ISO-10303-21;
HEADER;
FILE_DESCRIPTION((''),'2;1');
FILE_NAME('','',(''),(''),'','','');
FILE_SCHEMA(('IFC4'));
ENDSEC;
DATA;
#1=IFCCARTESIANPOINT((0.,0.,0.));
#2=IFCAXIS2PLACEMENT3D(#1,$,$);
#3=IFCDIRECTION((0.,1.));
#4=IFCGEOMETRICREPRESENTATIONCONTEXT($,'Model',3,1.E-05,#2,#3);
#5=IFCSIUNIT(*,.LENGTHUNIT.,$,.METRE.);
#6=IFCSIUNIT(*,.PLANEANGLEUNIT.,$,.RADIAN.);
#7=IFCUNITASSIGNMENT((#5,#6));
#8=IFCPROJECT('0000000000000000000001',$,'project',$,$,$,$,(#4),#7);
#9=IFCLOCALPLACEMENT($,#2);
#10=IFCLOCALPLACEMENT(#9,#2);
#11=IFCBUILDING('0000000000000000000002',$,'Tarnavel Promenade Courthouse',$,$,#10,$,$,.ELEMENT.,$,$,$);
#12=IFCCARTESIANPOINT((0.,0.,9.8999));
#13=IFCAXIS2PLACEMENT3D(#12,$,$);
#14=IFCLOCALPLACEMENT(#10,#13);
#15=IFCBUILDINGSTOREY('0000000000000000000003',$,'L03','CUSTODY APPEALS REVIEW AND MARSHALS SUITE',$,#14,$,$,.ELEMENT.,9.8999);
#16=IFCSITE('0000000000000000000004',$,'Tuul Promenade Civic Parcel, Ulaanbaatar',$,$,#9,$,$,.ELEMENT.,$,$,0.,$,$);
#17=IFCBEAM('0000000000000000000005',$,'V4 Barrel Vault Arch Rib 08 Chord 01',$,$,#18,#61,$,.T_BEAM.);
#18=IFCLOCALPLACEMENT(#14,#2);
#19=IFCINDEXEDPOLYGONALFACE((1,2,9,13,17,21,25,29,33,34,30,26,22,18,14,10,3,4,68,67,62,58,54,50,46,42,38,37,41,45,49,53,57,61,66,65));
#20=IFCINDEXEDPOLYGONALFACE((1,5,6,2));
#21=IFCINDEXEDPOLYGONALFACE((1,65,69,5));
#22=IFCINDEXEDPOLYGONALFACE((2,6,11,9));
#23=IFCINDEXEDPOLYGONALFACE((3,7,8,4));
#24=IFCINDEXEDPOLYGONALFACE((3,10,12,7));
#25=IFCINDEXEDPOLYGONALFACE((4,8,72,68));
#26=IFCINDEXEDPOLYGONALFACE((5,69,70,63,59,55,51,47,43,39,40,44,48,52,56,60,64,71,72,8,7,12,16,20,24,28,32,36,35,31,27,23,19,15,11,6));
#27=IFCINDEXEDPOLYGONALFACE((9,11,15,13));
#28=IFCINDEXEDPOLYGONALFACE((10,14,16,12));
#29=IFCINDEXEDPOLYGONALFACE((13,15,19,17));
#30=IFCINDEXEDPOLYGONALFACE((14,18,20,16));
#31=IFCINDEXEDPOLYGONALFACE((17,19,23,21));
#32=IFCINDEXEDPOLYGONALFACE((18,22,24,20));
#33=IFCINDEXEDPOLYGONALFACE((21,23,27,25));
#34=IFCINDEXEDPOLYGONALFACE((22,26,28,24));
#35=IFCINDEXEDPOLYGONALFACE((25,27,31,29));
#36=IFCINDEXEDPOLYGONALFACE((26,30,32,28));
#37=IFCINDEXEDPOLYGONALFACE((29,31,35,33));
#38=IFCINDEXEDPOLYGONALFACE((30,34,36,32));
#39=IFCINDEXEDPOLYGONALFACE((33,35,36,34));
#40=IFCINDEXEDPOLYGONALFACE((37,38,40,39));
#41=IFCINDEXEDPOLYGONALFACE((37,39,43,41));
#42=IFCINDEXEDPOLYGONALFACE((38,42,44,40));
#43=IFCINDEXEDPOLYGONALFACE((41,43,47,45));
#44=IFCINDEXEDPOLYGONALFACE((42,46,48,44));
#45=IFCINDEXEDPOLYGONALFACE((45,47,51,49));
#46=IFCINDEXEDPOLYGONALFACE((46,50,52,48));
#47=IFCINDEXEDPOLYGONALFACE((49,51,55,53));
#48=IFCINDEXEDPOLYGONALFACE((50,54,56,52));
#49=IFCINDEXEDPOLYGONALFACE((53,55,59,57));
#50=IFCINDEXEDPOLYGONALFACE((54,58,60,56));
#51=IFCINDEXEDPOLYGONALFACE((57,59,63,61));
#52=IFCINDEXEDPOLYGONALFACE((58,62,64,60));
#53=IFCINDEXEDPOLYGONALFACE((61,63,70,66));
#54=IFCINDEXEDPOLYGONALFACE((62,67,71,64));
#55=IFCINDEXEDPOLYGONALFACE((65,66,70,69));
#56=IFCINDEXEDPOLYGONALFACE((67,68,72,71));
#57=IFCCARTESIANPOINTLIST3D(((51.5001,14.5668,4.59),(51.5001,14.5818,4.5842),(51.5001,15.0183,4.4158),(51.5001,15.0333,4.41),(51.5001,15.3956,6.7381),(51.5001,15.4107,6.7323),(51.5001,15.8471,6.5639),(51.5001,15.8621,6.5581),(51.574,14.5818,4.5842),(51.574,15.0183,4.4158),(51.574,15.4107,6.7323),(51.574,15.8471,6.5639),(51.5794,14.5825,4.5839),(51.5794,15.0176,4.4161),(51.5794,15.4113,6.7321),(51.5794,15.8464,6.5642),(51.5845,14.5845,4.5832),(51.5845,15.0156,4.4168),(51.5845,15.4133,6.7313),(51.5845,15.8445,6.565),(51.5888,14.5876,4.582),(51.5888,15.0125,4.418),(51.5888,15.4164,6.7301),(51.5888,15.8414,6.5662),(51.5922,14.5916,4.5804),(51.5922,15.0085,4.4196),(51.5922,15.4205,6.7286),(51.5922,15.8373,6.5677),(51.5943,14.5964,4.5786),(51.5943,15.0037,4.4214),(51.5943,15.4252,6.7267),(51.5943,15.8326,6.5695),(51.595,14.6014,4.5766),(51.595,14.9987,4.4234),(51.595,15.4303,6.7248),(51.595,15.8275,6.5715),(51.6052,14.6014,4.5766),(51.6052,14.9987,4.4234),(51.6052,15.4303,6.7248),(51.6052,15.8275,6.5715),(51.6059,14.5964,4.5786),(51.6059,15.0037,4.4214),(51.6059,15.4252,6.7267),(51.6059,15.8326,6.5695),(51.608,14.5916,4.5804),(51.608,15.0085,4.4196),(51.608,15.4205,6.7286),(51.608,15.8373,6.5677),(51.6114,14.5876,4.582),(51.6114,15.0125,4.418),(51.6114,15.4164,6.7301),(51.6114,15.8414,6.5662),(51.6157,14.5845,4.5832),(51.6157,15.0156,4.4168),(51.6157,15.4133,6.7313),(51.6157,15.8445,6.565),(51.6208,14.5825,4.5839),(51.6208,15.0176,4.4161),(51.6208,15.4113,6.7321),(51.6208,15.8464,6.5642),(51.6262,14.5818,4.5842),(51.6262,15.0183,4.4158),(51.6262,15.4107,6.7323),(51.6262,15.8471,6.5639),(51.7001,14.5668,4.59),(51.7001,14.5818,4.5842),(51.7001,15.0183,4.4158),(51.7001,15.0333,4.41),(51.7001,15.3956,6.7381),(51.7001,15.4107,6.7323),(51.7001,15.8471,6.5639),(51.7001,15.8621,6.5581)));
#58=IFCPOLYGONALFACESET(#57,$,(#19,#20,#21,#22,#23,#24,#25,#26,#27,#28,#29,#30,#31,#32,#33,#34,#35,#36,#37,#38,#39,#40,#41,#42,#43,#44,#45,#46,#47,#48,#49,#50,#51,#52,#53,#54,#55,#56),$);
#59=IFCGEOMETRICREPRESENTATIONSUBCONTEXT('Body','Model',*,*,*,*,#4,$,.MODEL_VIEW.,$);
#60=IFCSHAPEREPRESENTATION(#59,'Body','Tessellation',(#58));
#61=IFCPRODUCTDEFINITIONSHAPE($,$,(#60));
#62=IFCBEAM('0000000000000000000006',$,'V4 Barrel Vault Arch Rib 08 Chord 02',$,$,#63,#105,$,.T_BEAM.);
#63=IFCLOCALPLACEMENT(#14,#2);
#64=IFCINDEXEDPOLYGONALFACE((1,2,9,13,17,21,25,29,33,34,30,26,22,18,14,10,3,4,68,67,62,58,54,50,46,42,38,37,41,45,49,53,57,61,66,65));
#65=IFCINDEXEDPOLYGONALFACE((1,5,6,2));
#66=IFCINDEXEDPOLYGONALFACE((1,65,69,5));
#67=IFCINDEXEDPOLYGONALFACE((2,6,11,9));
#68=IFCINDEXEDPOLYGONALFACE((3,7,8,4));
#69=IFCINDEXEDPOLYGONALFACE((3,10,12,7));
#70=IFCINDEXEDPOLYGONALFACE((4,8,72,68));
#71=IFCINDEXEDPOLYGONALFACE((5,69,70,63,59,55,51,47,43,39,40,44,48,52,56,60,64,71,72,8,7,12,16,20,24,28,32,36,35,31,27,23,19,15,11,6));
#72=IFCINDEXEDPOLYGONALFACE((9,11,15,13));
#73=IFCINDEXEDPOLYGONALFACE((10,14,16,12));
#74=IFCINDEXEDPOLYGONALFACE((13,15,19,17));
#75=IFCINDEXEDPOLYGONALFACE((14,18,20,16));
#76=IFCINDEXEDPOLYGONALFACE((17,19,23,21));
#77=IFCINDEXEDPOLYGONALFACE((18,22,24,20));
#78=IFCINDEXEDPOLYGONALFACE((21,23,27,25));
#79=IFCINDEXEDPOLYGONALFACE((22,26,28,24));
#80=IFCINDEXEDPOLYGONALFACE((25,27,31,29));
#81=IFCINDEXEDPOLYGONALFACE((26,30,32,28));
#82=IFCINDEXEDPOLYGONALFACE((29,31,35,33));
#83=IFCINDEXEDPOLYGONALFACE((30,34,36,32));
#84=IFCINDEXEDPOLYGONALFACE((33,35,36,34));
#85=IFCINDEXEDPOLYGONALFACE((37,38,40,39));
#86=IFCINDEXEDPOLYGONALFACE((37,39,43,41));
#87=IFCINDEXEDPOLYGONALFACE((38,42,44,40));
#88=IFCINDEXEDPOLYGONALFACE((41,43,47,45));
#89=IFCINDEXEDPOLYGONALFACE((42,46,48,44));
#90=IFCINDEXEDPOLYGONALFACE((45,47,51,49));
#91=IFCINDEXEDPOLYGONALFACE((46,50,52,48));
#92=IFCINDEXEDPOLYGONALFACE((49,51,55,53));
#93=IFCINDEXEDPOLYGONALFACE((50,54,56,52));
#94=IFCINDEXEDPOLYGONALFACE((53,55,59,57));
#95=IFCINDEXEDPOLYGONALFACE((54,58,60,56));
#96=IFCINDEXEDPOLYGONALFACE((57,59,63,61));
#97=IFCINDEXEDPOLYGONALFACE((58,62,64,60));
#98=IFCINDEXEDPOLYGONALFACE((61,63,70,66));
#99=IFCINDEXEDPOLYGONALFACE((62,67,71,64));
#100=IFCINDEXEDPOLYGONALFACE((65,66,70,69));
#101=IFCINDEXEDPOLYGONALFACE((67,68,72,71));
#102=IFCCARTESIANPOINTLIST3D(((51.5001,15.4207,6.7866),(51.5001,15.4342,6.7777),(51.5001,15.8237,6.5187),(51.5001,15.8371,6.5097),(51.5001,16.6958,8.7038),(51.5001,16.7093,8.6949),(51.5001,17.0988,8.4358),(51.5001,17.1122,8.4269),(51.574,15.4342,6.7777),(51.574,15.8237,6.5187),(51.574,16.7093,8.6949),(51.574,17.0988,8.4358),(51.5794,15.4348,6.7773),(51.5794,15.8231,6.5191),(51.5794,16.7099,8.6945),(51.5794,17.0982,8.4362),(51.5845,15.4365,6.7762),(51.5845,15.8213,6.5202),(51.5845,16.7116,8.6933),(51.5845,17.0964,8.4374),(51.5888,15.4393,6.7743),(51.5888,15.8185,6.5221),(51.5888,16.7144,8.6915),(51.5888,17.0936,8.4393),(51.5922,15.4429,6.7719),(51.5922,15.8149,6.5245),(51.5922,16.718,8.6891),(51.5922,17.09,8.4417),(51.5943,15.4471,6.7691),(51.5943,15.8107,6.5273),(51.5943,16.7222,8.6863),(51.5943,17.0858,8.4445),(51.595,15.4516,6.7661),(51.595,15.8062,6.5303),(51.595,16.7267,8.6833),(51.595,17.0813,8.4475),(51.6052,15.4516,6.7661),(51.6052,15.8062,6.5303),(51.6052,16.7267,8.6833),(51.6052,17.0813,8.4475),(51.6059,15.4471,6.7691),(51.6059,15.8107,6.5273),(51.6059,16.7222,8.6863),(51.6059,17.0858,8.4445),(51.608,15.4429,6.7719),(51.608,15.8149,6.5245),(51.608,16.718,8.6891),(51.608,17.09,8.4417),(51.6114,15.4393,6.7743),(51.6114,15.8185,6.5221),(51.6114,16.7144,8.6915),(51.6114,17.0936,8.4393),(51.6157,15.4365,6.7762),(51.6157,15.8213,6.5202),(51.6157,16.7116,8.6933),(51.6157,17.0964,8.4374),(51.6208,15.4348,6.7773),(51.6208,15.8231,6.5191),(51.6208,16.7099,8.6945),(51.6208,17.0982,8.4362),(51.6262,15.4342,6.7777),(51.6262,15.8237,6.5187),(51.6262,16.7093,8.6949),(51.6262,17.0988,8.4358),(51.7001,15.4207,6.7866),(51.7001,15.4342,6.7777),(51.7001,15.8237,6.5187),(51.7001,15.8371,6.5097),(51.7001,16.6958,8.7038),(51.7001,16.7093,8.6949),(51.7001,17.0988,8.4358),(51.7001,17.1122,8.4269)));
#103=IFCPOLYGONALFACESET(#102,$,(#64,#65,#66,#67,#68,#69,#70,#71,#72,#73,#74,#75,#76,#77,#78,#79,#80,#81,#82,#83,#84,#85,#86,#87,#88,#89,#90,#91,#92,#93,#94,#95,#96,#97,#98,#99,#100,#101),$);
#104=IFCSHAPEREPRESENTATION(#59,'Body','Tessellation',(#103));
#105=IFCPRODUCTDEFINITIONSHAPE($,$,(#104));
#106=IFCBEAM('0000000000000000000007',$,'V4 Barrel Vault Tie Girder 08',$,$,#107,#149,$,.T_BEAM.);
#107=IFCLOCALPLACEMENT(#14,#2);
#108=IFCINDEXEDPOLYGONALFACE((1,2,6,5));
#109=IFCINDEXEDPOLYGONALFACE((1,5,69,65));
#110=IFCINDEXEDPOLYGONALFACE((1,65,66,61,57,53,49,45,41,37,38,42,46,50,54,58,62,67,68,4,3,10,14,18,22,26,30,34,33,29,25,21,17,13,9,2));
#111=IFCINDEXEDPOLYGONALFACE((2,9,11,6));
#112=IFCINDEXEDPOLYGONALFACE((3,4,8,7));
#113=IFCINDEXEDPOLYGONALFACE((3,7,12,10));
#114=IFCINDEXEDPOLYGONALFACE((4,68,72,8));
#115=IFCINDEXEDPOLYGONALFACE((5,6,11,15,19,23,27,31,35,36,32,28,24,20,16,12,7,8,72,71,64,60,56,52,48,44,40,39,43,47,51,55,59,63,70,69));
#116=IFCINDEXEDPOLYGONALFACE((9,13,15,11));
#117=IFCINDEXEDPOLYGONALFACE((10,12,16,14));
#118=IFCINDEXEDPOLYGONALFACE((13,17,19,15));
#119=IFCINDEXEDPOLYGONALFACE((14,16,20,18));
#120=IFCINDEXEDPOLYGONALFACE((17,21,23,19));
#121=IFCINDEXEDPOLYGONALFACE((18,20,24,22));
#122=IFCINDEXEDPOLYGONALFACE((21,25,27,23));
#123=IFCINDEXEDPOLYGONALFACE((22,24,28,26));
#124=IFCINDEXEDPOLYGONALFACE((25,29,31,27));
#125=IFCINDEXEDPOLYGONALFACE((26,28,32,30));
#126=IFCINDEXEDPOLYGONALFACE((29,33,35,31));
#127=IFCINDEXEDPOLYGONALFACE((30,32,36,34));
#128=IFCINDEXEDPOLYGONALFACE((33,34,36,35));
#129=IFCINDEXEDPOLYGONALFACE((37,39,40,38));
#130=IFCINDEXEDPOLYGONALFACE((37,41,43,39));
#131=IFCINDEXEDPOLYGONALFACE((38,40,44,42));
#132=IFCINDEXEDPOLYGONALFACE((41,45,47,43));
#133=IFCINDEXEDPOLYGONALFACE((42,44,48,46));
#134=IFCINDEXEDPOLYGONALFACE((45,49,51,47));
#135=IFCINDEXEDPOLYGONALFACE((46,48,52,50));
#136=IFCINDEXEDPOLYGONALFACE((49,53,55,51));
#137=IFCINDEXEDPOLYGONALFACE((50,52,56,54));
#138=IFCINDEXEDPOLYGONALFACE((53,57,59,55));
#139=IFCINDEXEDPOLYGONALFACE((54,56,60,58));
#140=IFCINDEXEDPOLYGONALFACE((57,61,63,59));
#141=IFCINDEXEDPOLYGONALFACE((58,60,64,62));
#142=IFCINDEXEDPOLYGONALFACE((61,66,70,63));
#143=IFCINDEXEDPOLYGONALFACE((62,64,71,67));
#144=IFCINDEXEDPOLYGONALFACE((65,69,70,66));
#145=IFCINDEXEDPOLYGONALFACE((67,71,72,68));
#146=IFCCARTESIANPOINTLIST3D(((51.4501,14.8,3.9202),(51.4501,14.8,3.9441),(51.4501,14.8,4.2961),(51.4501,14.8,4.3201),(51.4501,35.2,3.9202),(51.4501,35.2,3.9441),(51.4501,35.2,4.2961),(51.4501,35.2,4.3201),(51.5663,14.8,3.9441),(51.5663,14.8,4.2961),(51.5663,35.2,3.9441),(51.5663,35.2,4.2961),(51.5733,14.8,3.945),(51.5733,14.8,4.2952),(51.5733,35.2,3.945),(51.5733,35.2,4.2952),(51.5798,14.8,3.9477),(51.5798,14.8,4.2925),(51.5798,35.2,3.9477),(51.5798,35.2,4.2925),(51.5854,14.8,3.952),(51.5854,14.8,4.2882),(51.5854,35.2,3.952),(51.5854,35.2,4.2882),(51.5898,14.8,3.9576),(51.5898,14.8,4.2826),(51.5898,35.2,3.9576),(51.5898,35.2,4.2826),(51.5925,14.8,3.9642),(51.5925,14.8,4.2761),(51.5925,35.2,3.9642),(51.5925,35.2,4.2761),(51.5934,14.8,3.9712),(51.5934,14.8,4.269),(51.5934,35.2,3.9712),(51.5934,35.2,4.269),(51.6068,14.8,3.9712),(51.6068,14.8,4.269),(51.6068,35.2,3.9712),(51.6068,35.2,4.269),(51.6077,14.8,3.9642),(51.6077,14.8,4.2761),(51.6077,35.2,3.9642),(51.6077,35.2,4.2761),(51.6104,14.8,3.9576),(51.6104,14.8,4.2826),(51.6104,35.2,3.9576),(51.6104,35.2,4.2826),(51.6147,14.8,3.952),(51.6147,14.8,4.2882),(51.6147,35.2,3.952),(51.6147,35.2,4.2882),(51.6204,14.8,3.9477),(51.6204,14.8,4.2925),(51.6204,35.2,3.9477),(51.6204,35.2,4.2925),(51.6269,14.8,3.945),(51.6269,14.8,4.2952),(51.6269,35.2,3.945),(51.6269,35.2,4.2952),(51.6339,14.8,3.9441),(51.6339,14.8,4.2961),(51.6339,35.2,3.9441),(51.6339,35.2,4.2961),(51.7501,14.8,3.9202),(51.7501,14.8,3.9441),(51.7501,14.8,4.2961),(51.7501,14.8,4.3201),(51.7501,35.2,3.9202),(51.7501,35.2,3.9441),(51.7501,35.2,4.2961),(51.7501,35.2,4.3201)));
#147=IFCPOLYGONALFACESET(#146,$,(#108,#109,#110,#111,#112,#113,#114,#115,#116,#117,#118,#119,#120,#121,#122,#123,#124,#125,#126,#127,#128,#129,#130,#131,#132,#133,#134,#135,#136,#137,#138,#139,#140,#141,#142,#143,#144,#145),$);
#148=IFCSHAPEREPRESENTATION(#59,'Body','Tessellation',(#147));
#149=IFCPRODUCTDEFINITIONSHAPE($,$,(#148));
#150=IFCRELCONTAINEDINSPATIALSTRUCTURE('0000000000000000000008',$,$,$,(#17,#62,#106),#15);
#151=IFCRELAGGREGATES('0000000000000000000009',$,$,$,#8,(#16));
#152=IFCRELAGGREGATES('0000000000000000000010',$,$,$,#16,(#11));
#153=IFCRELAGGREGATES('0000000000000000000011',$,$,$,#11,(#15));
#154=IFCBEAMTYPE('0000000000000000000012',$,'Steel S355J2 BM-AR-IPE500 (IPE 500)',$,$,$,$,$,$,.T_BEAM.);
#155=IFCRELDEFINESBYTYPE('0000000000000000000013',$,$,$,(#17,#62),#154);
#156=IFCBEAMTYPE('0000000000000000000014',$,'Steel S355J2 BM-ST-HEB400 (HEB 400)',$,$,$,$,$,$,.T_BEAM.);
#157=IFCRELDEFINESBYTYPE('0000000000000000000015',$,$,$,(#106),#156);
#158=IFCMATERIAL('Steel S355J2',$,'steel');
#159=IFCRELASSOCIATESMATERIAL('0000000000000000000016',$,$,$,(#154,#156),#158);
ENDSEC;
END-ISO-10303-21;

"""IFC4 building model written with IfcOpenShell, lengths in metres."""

from ifc_helpers import new_model, si_unit, direction, frame, origin, origin_2d, place, context, subcontext, project, spatial, i_section, extrude, material, material_profile, profile_set, type_object, element, save


model = new_model("IFC4")

# Units and contexts
model_context = context("Model", 3, precision=1e-05, world=origin(), true_north=direction((0.0, 1.0)))
body_context = subcontext(model_context, "Body", "Model", "MODEL_VIEW")
ifc_project = project(units=[si_unit("LENGTHUNIT", "METRE"), si_unit("PLANEANGLEUNIT", "RADIAN")], contexts=[model_context])

# Site, building, storey
site_placement = place(None, origin())
site = spatial("IfcSite", under=ifc_project, at=site_placement, Name="Tuul Promenade Civic Parcel, Ulaanbaatar", CompositionType="ELEMENT", RefElevation=0.0)
building_placement = place(site_placement, origin())
building = spatial("IfcBuilding", under=site, at=building_placement, Name="Tarnavel Promenade Courthouse", CompositionType="ELEMENT")
storey_placement = place(building_placement, frame((0.0, 0.0, 9.8999)))
storey = spatial("IfcBuildingStorey", under=building, at=storey_placement, Name="L03", Description="CUSTODY APPEALS REVIEW AND MARSHALS SUITE", CompositionType="ELEMENT", Elevation=9.8999)

# Beams
ifc_material_1 = material(Name="Steel S355J2", Category="steel")
ifc_material_profile_1 = material_profile(ifc_material_1, i_section(OverallWidth=0.2, OverallDepth=0.5, WebThickness=0.0103, FlangeThickness=0.0161, FilletRadius=0.021, at=origin_2d()), Name="IPE 500")
ifc_profile_set_1 = profile_set([ifc_material_profile_1], Name="Steel S355J2")
beam_type_1 = type_object("IfcBeamType", Name="Steel S355J2 BM-AR-IPE500 (IPE 500)", PredefinedType="T_BEAM", material=ifc_profile_set_1)
for number, where, z_axis, x_axis, name in (
    (1, (51.6001, 14.8, 4.5), (0.0, 0.359974, 0.932962), (-1.0, 0.0, 0.0), "V4 Barrel Vault Arch Rib 08 Chord 01"),
    (2, (51.6001, 15.6289, 6.6482), (0.0, 0.553795, 0.832653), (-1.0, 0.0, 0.0), "V4 Barrel Vault Arch Rib 08 Chord 02"),
):
    element("IfcBeam", number, at=place(storey_placement, frame(where, z_axis=z_axis, x_axis=x_axis)), inside=storey, type_object=beam_type_1, Name=name, PredefinedType="T_BEAM", context=body_context, shape_type="SweptSolid", body=[
        extrude(i_section(OverallWidth=0.2, OverallDepth=0.5, WebThickness=0.0103, FlangeThickness=0.0161, FilletRadius=0.021, at=origin_2d()), origin(), (0.0, 0.0, 1.0), 2.3025),
    ])
ifc_material_profile_2 = material_profile(ifc_material_1, i_section(OverallWidth=0.3, OverallDepth=0.3999, WebThickness=0.0134, FlangeThickness=0.0239, FilletRadius=0.0271, at=origin_2d()), Name="HEB 400")
ifc_profile_set_2 = profile_set([ifc_material_profile_2], Name="Steel S355J2")
beam_type_2 = type_object("IfcBeamType", Name="Steel S355J2 BM-ST-HEB400 (HEB 400)", PredefinedType="T_BEAM", material=ifc_profile_set_2)
beam_placement = place(storey_placement, frame((51.6001, 14.8, 4.1201), z_axis=(0.0, 1.0, 0.0), x_axis=(-1.0, 0.0, 0.0)))
element("IfcBeam", 3, at=beam_placement, inside=storey, type_object=beam_type_2, Name="V4 Barrel Vault Tie Girder 08", PredefinedType="T_BEAM", context=body_context, shape_type="SweptSolid", body=[
    extrude(i_section(OverallWidth=0.3, OverallDepth=0.3999, WebThickness=0.0134, FlangeThickness=0.0239, FilletRadius=0.0271, at=origin_2d()), origin(), (0.0, 0.0, 1.0), 20.3999),
])

save(model, "model.ifc")
